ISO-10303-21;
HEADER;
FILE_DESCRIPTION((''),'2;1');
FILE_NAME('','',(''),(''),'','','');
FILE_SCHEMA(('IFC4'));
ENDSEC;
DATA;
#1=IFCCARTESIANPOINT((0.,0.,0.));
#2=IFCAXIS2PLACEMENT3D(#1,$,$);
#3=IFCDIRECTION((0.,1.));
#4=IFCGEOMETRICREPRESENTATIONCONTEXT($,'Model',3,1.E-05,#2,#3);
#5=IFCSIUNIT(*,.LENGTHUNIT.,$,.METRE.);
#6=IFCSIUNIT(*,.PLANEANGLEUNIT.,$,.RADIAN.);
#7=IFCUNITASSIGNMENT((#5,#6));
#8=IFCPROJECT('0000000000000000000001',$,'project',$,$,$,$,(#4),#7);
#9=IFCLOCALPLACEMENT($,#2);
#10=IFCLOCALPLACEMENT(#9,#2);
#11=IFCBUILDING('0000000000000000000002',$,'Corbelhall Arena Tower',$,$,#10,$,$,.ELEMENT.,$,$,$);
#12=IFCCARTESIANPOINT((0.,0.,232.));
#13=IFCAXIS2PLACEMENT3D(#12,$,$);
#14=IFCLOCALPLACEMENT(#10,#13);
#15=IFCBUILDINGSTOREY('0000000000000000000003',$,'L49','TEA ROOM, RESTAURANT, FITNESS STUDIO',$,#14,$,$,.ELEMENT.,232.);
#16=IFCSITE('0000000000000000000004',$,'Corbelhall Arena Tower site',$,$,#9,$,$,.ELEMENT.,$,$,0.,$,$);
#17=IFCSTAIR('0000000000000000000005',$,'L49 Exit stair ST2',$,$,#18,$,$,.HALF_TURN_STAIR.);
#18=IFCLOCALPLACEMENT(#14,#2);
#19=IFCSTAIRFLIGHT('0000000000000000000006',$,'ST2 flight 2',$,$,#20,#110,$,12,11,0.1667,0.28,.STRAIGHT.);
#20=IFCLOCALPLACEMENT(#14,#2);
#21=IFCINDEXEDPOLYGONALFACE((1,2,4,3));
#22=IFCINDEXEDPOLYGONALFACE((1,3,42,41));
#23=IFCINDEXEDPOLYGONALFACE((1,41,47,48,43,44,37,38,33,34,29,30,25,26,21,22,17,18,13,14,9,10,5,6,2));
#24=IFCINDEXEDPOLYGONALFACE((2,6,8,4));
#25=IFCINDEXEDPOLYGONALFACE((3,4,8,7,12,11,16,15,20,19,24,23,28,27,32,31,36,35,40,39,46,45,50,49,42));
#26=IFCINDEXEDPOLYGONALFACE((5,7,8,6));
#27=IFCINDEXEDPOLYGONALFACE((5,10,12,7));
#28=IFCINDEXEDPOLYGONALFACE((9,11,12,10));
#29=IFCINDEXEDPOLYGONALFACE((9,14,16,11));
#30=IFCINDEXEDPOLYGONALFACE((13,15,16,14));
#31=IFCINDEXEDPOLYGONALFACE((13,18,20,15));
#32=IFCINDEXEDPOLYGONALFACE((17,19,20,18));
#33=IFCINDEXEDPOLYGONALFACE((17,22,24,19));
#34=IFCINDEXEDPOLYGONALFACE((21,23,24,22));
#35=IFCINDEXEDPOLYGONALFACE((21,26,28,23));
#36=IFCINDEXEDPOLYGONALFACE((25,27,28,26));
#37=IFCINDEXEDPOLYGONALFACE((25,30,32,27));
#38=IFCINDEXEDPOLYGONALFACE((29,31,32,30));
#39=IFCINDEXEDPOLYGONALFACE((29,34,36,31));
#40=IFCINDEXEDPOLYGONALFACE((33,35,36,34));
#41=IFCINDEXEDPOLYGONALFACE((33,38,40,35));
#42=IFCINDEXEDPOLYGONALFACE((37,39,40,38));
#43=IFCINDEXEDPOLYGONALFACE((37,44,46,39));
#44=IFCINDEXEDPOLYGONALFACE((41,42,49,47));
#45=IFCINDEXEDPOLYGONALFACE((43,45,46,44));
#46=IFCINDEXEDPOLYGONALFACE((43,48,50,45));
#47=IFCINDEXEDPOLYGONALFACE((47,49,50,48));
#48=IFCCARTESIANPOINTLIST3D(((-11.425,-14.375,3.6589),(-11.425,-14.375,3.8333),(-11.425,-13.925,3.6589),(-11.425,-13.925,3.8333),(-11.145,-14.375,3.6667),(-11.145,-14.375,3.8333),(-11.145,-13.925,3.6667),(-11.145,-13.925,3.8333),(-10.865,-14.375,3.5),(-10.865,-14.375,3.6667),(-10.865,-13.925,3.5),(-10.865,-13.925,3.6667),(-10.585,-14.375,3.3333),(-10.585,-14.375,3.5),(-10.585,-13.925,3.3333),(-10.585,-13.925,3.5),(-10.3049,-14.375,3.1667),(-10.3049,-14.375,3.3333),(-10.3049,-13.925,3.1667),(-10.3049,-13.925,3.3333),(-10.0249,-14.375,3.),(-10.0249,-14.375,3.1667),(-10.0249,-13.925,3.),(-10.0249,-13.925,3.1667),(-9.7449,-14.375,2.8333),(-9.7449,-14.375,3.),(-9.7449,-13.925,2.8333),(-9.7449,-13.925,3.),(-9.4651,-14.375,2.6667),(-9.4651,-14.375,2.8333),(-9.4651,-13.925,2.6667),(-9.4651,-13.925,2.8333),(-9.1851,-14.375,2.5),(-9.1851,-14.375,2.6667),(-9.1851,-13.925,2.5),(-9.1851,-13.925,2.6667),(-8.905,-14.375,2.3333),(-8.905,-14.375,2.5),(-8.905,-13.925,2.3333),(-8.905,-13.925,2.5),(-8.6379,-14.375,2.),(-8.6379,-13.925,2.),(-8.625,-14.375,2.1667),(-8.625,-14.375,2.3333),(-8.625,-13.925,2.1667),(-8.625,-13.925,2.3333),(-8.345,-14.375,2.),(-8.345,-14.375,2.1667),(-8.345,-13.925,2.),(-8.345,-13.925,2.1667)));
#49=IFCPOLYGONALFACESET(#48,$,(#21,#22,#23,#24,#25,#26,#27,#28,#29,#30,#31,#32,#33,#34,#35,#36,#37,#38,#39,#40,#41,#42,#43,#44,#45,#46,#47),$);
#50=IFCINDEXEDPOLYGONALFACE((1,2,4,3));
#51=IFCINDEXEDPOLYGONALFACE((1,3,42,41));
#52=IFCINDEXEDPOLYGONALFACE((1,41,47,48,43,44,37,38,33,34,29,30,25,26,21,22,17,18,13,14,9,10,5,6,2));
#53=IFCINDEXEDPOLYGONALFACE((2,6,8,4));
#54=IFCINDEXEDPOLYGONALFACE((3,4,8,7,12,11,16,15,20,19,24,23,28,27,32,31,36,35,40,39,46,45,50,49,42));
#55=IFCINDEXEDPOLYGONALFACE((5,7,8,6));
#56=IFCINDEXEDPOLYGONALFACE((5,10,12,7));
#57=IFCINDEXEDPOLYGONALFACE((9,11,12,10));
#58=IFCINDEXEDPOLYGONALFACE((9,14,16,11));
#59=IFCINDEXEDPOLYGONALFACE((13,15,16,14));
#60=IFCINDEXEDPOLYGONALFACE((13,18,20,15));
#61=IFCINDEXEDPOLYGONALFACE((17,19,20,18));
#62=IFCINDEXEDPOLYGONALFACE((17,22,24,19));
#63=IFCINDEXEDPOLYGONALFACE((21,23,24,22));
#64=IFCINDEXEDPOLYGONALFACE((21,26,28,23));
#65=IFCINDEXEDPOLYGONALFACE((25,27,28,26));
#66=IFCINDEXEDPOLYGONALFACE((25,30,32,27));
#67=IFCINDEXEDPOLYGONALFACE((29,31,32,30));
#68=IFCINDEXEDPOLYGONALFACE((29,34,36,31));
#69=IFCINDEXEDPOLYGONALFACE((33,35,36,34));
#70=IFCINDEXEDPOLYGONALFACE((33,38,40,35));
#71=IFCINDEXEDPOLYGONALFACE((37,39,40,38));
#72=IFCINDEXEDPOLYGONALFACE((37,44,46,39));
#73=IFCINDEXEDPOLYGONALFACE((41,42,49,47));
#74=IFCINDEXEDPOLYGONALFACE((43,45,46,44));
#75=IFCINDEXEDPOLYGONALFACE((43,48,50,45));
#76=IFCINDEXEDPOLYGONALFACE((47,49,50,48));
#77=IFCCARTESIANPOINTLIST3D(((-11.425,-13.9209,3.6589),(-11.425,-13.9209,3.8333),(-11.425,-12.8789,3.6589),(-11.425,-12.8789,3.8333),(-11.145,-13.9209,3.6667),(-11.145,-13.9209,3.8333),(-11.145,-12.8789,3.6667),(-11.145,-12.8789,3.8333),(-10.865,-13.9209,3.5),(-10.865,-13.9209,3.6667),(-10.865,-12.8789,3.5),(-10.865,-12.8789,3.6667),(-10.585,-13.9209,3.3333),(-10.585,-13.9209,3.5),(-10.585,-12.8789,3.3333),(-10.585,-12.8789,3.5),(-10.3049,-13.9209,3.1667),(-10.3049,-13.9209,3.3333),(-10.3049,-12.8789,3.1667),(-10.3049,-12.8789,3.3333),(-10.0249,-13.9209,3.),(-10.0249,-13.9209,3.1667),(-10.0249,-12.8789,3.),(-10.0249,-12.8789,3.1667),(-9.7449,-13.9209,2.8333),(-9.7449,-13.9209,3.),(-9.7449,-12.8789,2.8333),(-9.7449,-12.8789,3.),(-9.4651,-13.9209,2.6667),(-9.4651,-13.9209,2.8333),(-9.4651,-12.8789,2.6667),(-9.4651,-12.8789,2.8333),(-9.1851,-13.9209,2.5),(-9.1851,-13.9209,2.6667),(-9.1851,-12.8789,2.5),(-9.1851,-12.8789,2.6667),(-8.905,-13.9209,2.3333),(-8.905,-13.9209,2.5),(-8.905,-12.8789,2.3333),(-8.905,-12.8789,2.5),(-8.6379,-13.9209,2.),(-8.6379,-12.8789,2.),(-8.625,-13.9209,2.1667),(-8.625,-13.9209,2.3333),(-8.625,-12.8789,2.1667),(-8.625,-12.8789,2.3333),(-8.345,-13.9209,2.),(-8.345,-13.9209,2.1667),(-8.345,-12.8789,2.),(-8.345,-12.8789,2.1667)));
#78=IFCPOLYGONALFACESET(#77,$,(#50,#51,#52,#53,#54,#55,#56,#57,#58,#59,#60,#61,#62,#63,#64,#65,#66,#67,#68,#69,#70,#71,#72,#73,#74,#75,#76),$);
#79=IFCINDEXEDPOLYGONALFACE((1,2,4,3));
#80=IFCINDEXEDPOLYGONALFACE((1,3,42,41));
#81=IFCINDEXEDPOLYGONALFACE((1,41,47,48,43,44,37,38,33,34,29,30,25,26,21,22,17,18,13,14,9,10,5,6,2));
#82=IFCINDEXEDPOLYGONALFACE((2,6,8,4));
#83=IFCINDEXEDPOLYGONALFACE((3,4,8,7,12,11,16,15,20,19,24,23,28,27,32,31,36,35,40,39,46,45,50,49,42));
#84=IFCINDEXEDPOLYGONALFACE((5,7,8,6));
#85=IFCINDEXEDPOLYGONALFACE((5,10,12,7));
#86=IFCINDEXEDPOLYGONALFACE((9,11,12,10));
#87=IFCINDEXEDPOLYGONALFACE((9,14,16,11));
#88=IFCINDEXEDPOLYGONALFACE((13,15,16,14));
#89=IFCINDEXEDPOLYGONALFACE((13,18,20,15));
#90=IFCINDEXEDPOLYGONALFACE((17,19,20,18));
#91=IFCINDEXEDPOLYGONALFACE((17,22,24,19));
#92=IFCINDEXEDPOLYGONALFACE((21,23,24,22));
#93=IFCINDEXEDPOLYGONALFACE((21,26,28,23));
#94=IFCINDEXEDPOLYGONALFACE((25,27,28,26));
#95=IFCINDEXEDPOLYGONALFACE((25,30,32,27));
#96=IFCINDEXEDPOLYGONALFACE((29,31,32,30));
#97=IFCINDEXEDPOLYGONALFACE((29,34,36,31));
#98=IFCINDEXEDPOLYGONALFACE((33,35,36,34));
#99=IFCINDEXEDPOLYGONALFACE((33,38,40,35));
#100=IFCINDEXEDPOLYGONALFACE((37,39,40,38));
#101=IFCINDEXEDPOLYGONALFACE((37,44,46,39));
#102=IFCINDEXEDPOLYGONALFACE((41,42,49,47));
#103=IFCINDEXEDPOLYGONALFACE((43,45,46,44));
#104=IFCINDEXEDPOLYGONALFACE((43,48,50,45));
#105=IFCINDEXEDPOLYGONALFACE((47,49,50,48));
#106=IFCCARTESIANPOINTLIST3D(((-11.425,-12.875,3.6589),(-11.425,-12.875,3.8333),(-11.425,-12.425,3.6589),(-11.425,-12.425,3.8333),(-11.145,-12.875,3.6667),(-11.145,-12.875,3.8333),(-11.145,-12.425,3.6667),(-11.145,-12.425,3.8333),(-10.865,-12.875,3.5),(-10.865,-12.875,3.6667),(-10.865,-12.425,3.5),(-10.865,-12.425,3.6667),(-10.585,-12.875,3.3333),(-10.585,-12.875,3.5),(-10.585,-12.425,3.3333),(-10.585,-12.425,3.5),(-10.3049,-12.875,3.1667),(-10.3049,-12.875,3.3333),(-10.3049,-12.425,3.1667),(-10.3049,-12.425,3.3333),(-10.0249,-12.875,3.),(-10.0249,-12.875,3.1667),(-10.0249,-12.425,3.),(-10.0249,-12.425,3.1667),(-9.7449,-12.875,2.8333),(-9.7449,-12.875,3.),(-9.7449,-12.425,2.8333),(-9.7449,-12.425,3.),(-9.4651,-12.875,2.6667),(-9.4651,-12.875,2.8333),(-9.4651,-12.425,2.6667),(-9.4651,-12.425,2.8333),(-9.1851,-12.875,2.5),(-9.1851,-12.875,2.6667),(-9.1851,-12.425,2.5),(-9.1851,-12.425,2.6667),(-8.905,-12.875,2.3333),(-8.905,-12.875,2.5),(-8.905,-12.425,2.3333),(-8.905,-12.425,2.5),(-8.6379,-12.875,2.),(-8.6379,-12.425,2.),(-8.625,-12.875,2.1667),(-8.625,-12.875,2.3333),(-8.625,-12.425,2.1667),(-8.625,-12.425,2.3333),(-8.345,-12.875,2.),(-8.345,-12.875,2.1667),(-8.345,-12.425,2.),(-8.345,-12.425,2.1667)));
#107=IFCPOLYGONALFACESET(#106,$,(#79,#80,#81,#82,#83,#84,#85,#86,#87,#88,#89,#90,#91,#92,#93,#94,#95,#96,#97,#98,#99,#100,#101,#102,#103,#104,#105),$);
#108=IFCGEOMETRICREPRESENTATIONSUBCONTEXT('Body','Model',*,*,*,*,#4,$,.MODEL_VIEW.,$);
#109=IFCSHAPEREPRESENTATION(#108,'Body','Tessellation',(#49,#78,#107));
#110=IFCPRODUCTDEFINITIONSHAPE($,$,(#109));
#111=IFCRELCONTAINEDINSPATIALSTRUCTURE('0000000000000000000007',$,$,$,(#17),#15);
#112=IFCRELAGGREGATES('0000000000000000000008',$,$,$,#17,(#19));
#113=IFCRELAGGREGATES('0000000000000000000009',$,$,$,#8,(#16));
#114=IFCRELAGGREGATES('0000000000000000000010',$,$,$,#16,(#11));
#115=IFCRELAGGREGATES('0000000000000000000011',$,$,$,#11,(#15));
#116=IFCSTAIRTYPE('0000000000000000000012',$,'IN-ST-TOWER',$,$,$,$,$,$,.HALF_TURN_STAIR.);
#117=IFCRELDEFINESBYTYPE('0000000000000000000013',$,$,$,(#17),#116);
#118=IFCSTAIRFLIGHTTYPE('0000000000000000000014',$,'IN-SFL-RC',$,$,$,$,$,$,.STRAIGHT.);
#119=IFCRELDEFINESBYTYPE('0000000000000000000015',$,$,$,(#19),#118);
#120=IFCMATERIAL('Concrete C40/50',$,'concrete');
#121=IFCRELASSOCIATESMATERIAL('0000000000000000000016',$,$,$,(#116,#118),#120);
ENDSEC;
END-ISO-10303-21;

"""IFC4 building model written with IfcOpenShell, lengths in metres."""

from ifc_helpers import new_model, si_unit, direction, frame, origin, place, context, subcontext, project, spatial, polyline, outline, extrude, material, type_object, element, aggregate, save


model = new_model("IFC4")

# Units and contexts
model_context = context("Model", 3, precision=1e-05, world=origin(), true_north=direction((0.0, 1.0)))
body_context = subcontext(model_context, "Body", "Model", "MODEL_VIEW")
ifc_project = project(units=[si_unit("LENGTHUNIT", "METRE"), si_unit("PLANEANGLEUNIT", "RADIAN")], contexts=[model_context])

# Site, building, storey
site_placement = place(None, origin())
site = spatial("IfcSite", under=ifc_project, at=site_placement, Name="Corbelhall Arena Tower site", CompositionType="ELEMENT", RefElevation=0.0)
building_placement = place(site_placement, origin())
building = spatial("IfcBuilding", under=site, at=building_placement, Name="Corbelhall Arena Tower", CompositionType="ELEMENT")
storey_placement = place(building_placement, frame((0.0, 0.0, 232.0)))
storey = spatial("IfcBuildingStorey", under=building, at=storey_placement, Name="L49", Description="TEA ROOM, RESTAURANT, FITNESS STUDIO", CompositionType="ELEMENT", Elevation=232.0)

# Shared definitions
ifc_material_1 = material(Name="Concrete C40/50", Category="concrete")

# Stair, stair flight
stair_type = type_object("IfcStairType", Name="IN-ST-TOWER", PredefinedType="HALF_TURN_STAIR", material=ifc_material_1)
stair_placement = place(storey_placement, origin())
stair = element("IfcStair", 1, at=stair_placement, inside=storey, type_object=stair_type, Name="L49 Exit stair ST2", PredefinedType="HALF_TURN_STAIR")
stair_flight_type = type_object("IfcStairFlightType", Name="IN-SFL-RC", PredefinedType="STRAIGHT", material=ifc_material_1)
stair_flight_1_placement = place(storey_placement, frame((-8.345, -13.3999, 2.0), z_axis=(0.0, 0.0, 1.0), x_axis=(-1.0, 0.0, 0.0)))
stair_flight_1 = element("IfcStairFlight", 2, at=stair_flight_1_placement, type_object=stair_flight_type, Name="ST2 flight 2", NumberOfRisers=12, NumberOfTreads=11, PredefinedType="STRAIGHT", RiserHeight=0.1667, TreadLength=0.28, context=body_context, shape_type="SweptSolid", body=[
    extrude(outline(polyline([(0.0, 0.0), (0.0, 0.1667), (0.28, 0.1667), (0.28, 0.3333), (0.5601, 0.3333), (0.5601, 0.5), (0.8401, 0.5), (0.8401, 0.6667), (1.1201, 0.6667), (1.1201, 0.8333), (1.3999, 0.8333), (1.3999, 1.0), (1.6799, 1.0), (1.6799, 1.1667), (1.96, 1.1667), (1.96, 1.3333), (2.24, 1.3333), (2.24, 1.5), (2.52, 1.5), (2.52, 1.6667), (2.8, 1.6667), (2.8, 1.8333), (3.0801, 1.8333), (3.0801, 2.0), (3.0801, 1.6589), (0.293, 0.0), (0.0, 0.0)])), frame((0.0, 0.9751, 0.0), z_axis=(0.0, -1.0, 0.0), x_axis=(1.0, 0.0, 0.0)), (0.0, 0.0, 1.0), 0.45),
    extrude(outline(polyline([(0.0, 0.0), (0.0, 0.1667), (0.28, 0.1667), (0.28, 0.3333), (0.5601, 0.3333), (0.5601, 0.5), (0.8401, 0.5), (0.8401, 0.6667), (1.1201, 0.6667), (1.1201, 0.8333), (1.3999, 0.8333), (1.3999, 1.0), (1.6799, 1.0), (1.6799, 1.1667), (1.96, 1.1667), (1.96, 1.3333), (2.24, 1.3333), (2.24, 1.5), (2.52, 1.5), (2.52, 1.6667), (2.8, 1.6667), (2.8, 1.8333), (3.0801, 1.8333), (3.0801, 2.0), (3.0801, 1.6589), (0.293, 0.0), (0.0, 0.0)])), frame((0.0, 0.521, 0.0), z_axis=(0.0, -1.0, 0.0), x_axis=(1.0, 0.0, 0.0)), (0.0, 0.0, 1.0), 1.042),
    extrude(outline(polyline([(0.0, 0.0), (0.0, 0.1667), (0.28, 0.1667), (0.28, 0.3333), (0.5601, 0.3333), (0.5601, 0.5), (0.8401, 0.5), (0.8401, 0.6667), (1.1201, 0.6667), (1.1201, 0.8333), (1.3999, 0.8333), (1.3999, 1.0), (1.6799, 1.0), (1.6799, 1.1667), (1.96, 1.1667), (1.96, 1.3333), (2.24, 1.3333), (2.24, 1.5), (2.52, 1.5), (2.52, 1.6667), (2.8, 1.6667), (2.8, 1.8333), (3.0801, 1.8333), (3.0801, 2.0), (3.0801, 1.6589), (0.293, 0.0), (0.0, 0.0)])), frame((0.0, -0.5249, 0.0), z_axis=(0.0, -1.0, 0.0), x_axis=(1.0, 0.0, 0.0)), (0.0, 0.0, 1.0), 0.45),
])
aggregate(stair, [stair_flight_1])

save(model, "model.ifc")
